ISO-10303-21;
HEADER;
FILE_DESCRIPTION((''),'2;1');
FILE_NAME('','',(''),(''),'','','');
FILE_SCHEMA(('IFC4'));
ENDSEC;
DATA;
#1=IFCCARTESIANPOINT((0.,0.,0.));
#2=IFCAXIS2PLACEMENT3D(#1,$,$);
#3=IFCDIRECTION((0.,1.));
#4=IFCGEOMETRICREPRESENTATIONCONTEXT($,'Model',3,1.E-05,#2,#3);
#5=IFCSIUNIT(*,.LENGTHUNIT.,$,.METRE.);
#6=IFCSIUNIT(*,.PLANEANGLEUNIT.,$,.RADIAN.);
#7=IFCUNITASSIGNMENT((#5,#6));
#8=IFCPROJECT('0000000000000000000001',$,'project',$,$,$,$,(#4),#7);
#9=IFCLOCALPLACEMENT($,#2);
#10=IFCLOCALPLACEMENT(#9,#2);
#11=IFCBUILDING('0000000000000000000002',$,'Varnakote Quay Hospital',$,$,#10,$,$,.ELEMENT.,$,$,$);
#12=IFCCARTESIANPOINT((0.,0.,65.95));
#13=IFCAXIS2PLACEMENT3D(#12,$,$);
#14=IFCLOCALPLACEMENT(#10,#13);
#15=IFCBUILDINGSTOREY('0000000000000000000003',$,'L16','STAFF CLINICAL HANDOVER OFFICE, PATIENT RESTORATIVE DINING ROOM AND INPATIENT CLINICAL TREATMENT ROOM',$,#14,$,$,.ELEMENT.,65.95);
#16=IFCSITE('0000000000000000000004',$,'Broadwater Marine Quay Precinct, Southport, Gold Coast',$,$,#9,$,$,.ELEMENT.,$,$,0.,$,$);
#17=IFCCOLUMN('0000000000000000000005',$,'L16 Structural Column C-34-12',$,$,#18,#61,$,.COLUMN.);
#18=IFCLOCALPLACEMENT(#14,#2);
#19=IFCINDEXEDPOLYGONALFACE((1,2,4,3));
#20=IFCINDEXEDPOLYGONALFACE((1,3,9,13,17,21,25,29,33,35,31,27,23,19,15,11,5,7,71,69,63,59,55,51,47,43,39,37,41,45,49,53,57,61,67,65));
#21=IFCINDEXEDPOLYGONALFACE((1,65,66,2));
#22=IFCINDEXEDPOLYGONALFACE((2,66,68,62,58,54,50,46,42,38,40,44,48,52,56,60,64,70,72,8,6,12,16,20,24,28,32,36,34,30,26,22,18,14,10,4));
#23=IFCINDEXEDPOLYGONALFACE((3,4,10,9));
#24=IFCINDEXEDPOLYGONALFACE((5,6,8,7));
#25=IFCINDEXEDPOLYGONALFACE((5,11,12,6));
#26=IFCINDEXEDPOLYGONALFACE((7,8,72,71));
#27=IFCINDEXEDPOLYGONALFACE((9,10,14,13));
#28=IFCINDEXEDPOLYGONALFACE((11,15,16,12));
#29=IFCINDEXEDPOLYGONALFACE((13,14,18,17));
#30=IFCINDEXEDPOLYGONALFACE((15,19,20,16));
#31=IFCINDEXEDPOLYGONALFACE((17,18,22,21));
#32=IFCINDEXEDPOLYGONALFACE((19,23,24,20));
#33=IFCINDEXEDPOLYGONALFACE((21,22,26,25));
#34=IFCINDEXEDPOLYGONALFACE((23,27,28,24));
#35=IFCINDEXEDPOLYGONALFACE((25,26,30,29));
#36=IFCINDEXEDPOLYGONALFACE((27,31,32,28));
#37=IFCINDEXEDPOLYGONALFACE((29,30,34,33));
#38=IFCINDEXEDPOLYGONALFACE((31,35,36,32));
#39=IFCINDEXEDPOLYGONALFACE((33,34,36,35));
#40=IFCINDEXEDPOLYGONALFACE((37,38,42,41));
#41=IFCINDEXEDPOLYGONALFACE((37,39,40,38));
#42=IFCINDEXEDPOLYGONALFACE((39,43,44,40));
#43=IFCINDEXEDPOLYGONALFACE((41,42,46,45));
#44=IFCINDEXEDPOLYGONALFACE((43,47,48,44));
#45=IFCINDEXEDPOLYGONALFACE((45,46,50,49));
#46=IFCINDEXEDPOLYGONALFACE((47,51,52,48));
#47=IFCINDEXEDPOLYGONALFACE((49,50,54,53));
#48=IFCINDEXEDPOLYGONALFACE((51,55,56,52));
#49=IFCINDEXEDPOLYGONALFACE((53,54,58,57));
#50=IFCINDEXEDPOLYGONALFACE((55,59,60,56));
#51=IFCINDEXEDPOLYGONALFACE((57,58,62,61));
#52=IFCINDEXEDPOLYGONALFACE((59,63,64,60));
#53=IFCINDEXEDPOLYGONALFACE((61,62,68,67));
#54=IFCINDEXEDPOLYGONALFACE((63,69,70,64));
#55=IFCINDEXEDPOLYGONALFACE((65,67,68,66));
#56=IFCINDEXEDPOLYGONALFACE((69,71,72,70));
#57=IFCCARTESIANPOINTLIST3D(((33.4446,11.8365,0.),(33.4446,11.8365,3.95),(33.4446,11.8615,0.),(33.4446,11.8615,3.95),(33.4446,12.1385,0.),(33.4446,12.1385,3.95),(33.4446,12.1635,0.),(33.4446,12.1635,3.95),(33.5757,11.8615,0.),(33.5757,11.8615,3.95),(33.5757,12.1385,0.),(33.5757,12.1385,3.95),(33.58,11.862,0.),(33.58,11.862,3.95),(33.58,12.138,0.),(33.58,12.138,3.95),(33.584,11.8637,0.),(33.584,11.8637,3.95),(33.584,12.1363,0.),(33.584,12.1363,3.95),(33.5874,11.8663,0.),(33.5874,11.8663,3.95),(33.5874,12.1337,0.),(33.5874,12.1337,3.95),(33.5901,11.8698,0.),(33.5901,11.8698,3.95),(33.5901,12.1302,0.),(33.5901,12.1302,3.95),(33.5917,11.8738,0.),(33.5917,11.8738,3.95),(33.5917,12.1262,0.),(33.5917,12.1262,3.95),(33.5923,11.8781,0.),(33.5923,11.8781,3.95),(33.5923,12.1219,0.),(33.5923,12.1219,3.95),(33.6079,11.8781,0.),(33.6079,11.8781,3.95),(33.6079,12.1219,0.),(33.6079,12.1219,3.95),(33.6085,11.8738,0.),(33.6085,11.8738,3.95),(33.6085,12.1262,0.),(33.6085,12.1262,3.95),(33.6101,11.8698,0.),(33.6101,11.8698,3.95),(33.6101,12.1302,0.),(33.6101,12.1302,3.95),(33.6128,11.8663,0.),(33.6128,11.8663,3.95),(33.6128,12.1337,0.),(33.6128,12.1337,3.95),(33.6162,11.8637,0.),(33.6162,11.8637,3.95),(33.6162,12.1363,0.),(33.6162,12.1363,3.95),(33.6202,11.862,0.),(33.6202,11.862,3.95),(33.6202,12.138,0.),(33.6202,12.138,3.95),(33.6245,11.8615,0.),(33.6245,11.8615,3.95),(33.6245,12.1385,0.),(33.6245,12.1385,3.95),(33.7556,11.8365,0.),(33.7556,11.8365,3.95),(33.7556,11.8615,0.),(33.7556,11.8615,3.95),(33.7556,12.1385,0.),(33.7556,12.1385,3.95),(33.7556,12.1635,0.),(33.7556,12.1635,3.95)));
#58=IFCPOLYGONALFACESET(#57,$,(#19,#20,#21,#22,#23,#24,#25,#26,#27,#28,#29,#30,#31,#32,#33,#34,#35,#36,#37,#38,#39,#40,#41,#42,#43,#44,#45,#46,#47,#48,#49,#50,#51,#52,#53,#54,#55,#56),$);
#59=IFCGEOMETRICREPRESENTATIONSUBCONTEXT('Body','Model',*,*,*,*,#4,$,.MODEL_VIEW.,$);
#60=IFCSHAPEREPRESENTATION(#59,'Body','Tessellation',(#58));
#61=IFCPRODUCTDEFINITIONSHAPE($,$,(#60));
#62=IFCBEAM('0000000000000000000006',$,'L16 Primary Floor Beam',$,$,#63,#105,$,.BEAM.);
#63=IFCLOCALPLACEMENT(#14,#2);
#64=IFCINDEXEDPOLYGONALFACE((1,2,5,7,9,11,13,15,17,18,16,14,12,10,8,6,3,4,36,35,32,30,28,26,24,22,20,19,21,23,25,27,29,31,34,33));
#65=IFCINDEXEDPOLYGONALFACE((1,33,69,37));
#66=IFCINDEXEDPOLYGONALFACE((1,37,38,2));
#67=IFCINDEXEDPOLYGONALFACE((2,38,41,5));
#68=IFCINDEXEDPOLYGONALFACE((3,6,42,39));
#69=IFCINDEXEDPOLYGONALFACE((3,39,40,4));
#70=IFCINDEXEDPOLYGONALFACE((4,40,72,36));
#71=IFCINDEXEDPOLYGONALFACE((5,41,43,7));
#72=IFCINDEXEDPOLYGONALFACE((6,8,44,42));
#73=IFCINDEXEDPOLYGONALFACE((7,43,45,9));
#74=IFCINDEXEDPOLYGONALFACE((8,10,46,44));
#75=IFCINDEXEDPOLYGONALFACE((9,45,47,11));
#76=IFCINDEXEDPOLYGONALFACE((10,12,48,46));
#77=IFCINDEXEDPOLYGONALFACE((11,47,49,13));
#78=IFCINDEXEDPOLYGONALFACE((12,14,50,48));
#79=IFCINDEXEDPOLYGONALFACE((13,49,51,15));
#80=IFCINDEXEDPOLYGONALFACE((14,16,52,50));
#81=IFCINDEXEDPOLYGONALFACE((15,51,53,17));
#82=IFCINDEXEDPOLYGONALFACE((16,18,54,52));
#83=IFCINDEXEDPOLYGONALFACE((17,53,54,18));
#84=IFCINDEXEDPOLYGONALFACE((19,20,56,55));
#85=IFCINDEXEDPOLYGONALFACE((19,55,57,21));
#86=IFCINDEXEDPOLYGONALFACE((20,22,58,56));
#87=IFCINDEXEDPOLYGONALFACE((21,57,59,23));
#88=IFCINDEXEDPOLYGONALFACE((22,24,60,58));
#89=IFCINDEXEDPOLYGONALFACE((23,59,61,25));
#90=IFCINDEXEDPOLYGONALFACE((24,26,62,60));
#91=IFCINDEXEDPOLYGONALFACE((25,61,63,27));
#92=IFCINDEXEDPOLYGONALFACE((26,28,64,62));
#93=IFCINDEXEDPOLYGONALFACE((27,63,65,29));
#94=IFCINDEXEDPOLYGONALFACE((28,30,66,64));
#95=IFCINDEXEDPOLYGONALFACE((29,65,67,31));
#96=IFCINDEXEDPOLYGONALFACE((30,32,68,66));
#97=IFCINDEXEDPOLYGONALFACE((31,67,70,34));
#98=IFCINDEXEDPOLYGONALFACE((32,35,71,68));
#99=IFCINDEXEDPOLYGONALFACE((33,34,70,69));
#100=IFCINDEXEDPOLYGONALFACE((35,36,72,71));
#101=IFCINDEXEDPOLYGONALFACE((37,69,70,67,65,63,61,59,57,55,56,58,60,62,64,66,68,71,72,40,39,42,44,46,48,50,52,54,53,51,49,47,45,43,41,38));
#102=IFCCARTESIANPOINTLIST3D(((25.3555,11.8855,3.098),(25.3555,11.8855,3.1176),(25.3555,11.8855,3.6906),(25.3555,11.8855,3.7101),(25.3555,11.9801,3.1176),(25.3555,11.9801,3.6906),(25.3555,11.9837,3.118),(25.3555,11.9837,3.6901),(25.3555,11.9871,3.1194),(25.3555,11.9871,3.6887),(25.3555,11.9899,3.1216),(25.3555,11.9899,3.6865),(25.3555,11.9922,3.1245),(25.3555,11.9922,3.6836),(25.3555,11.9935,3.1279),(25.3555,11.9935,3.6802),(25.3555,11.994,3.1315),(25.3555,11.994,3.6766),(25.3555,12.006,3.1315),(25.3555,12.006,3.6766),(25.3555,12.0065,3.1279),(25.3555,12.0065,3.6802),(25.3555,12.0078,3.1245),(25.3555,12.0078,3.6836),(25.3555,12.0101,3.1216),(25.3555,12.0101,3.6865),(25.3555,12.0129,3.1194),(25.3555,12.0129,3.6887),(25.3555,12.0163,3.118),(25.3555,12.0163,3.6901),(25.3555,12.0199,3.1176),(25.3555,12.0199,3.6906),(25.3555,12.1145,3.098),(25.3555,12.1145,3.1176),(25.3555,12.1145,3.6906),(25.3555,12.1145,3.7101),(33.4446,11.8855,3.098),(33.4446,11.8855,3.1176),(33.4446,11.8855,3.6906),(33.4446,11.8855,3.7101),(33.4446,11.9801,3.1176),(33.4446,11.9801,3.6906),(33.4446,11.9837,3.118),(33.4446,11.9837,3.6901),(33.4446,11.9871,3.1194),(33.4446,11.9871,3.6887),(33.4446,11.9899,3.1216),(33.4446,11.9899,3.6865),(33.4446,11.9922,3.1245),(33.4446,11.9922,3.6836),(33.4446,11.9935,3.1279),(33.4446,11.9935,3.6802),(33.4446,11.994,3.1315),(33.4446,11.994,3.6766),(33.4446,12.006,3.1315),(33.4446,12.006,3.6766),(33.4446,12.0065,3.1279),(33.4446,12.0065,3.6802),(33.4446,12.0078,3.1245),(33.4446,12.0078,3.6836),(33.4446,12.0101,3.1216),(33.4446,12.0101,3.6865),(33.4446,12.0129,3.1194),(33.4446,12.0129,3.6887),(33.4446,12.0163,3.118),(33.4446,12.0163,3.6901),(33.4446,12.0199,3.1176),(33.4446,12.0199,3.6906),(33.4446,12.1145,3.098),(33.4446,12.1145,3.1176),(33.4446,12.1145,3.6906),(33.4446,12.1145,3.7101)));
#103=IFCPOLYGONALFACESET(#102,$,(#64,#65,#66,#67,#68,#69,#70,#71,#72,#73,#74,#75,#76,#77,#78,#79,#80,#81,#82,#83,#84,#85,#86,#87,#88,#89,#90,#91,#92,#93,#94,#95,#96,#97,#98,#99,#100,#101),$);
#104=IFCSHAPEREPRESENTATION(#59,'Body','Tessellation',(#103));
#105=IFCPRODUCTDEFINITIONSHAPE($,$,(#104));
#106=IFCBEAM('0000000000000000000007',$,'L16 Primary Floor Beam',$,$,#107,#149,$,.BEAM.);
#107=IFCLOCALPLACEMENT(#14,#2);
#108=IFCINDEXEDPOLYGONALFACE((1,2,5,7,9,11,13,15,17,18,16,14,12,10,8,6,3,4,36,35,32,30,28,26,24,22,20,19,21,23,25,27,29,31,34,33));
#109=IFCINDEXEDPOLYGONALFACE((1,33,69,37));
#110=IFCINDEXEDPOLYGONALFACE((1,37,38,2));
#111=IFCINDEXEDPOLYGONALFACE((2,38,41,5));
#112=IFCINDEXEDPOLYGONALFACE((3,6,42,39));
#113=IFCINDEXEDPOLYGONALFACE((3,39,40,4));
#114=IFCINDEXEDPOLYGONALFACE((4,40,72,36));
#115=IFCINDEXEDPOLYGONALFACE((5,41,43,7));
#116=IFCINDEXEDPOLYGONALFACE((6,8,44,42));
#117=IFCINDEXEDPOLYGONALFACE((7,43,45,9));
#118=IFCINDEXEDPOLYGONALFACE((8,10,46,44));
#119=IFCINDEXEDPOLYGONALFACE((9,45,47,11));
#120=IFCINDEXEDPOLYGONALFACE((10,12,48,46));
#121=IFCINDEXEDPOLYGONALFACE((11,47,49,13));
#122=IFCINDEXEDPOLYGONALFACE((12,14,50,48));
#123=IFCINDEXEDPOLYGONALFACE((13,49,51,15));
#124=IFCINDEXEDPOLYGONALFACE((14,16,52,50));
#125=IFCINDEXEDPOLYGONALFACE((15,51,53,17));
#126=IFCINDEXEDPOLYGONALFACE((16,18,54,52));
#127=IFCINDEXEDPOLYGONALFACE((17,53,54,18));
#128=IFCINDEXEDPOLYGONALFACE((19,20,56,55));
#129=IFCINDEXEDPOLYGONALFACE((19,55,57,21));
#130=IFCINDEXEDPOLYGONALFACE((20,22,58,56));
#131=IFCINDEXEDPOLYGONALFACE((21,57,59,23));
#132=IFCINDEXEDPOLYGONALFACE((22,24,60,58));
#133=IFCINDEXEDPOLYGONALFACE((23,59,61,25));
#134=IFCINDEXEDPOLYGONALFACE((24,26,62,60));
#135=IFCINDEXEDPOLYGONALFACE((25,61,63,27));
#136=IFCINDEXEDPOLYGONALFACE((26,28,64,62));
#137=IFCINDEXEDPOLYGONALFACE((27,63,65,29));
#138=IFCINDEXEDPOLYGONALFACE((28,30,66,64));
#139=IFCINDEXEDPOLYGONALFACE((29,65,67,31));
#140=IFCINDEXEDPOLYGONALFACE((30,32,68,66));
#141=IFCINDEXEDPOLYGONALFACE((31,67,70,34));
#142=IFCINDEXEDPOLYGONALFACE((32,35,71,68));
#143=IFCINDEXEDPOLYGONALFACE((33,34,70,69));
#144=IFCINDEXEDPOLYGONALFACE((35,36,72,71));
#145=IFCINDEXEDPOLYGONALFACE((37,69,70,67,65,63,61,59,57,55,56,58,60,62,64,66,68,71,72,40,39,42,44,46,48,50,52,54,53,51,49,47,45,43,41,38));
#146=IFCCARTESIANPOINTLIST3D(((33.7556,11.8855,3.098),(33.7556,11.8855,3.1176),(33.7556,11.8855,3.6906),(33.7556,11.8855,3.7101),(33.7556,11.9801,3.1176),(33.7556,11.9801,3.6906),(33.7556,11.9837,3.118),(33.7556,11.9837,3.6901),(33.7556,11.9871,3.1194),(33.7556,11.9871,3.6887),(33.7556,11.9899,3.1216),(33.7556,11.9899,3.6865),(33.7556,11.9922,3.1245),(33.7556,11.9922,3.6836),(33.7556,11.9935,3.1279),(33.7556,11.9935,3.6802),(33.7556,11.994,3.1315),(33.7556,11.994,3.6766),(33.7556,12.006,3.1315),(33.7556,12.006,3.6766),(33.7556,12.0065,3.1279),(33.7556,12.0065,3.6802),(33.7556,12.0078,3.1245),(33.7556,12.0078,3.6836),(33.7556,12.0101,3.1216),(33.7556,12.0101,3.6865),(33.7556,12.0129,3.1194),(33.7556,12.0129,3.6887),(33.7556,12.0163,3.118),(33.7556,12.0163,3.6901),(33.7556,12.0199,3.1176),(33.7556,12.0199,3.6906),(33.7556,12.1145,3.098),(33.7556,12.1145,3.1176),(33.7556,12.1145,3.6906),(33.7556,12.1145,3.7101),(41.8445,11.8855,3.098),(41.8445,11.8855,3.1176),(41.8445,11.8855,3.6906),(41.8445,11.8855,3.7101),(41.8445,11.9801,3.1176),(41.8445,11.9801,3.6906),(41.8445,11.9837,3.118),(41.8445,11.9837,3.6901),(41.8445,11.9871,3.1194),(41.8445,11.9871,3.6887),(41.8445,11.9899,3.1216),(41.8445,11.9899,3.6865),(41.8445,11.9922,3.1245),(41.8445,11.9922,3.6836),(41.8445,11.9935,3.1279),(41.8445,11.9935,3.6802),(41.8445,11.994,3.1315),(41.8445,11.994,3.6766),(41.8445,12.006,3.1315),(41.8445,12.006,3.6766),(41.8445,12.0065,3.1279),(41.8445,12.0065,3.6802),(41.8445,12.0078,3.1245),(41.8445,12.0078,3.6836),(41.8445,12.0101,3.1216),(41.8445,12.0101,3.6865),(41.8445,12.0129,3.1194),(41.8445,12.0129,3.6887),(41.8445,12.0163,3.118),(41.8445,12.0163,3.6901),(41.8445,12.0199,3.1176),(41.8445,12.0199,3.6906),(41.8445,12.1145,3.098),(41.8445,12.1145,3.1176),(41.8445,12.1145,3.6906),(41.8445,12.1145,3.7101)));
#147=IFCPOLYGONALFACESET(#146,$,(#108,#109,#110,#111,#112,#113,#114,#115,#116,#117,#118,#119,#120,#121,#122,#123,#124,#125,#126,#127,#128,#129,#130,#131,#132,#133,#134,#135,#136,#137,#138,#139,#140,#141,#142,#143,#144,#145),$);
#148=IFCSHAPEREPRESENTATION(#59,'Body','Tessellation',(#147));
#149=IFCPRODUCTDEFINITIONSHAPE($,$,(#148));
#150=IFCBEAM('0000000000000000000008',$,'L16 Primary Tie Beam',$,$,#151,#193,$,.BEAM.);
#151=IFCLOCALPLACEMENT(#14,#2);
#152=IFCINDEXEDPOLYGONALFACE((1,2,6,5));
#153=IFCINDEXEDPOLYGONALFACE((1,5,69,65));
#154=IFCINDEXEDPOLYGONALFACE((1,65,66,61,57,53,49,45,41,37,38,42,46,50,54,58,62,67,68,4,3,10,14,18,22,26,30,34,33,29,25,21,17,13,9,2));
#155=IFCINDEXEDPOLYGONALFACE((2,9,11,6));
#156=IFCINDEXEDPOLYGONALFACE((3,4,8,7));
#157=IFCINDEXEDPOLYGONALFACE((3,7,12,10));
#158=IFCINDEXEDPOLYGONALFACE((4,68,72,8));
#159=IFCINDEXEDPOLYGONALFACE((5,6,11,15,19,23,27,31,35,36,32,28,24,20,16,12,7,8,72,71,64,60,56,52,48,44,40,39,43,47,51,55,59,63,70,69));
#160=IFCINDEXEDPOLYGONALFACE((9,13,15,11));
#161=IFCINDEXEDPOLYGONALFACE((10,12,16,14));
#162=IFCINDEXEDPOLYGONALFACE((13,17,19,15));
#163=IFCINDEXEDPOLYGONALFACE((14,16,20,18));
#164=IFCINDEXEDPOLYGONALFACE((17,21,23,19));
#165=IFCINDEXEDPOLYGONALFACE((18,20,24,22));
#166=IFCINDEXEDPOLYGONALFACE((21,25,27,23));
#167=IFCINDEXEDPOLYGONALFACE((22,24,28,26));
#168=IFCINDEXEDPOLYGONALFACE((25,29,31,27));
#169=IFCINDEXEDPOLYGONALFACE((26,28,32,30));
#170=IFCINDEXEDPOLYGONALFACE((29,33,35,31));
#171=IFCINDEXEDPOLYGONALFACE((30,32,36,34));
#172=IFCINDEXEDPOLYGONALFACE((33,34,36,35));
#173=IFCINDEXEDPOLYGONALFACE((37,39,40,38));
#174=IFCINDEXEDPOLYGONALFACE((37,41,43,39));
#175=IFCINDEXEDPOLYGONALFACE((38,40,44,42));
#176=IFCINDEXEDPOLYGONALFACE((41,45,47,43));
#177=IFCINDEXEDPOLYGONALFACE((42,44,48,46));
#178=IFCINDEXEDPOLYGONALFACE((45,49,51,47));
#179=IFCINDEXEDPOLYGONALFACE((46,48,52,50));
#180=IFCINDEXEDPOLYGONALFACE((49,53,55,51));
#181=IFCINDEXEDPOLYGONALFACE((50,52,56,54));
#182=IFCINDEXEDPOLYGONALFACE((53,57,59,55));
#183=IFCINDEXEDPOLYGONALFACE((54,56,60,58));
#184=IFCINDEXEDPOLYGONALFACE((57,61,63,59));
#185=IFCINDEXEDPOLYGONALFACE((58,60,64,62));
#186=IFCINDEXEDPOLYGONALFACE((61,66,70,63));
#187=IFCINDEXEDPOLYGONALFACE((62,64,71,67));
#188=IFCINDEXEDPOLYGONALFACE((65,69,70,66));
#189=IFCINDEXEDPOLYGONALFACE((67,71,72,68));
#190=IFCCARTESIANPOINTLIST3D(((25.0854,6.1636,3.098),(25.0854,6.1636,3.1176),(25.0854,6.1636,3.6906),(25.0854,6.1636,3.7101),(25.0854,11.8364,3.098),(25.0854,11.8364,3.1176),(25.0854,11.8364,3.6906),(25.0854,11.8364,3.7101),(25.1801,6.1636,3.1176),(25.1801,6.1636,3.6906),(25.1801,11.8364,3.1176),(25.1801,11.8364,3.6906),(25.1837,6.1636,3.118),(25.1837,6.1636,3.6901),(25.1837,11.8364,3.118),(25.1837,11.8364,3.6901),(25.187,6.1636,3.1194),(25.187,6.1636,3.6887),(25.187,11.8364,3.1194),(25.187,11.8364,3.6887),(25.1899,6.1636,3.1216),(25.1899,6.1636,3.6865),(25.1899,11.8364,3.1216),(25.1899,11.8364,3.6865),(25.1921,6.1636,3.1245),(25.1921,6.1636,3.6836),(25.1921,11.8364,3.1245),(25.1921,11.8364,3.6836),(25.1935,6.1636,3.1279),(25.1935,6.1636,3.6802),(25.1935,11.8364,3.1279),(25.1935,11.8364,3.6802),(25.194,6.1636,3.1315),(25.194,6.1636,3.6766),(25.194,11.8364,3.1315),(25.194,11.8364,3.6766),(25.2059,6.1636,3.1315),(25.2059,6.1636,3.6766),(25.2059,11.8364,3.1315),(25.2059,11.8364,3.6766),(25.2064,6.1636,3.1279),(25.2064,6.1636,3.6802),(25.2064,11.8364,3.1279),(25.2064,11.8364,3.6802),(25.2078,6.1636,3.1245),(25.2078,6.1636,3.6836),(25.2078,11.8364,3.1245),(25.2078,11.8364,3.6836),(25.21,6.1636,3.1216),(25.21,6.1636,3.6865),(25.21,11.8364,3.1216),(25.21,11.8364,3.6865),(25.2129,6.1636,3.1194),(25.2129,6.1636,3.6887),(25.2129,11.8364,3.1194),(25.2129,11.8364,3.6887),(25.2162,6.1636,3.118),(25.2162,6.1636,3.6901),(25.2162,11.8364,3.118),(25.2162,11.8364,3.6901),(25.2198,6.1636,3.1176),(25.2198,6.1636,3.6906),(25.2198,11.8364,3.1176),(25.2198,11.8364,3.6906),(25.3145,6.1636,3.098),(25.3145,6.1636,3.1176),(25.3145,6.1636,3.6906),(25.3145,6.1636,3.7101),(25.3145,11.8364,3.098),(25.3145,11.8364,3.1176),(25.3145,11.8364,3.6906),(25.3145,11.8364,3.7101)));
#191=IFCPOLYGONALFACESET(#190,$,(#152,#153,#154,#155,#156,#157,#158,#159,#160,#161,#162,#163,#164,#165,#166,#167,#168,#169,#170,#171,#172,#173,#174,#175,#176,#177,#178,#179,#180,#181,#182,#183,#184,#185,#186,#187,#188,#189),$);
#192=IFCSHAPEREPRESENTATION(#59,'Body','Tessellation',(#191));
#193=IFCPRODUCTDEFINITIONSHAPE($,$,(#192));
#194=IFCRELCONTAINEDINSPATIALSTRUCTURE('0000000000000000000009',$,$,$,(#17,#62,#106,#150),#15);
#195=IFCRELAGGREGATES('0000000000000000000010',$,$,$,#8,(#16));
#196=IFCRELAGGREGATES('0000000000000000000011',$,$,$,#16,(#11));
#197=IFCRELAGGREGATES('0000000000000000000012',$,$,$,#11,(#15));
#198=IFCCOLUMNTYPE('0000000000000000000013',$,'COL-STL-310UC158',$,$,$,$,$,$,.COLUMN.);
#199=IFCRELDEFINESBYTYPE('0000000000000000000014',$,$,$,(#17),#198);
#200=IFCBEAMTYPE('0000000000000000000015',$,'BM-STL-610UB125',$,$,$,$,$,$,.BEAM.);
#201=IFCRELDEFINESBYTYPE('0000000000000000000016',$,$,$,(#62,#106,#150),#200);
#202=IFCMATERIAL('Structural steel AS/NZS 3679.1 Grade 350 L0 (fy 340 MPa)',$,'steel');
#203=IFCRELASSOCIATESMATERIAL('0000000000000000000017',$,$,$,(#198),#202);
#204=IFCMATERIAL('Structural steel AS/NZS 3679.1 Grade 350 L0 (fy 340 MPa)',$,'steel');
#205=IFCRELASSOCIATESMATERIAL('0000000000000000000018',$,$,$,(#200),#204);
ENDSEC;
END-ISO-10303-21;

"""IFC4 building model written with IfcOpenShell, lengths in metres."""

from ifc_helpers import new_model, si_unit, direction, frame, origin, origin_2d, place, context, subcontext, project, spatial, i_section, extrude, material, material_profile, profile_set, type_object, element, save


model = new_model("IFC4")

# Units and contexts
model_context = context("Model", 3, precision=1e-05, world=origin(), true_north=direction((0.0, 1.0)))
body_context = subcontext(model_context, "Body", "Model", "MODEL_VIEW")
ifc_project = project(units=[si_unit("LENGTHUNIT", "METRE"), si_unit("PLANEANGLEUNIT", "RADIAN")], contexts=[model_context])

# Site, building, storey
site_placement = place(None, origin())
site = spatial("IfcSite", under=ifc_project, at=site_placement, Name="Broadwater Marine Quay Precinct, Southport, Gold Coast", CompositionType="ELEMENT", RefElevation=0.0)
building_placement = place(site_placement, origin())
building = spatial("IfcBuilding", under=site, at=building_placement, Name="Varnakote Quay Hospital", CompositionType="ELEMENT")
storey_placement = place(building_placement, frame((0.0, 0.0, 65.95)))
storey = spatial("IfcBuildingStorey", under=building, at=storey_placement, Name="L16", Description="STAFF CLINICAL HANDOVER OFFICE, PATIENT RESTORATIVE DINING ROOM AND INPATIENT CLINICAL TREATMENT ROOM", CompositionType="ELEMENT", Elevation=65.95)

# Column
ifc_material_1 = material(Name="Structural steel AS/NZS 3679.1 Grade 350 L0 (fy 340 MPa)", Category="steel")
ifc_material_profile_1 = material_profile(ifc_material_1, i_section(OverallWidth=0.311, OverallDepth=0.3269, WebThickness=0.0156, FlangeThickness=0.0249, FilletRadius=0.0166, at=origin_2d()), Name="310UC158")
ifc_profile_set_1 = profile_set([ifc_material_profile_1], Name="Structural steel AS/NZS 3679.1 Grade 350 L0 (fy 340 MPa)")
column_type_1 = type_object("IfcColumnType", Name="COL-STL-310UC158", PredefinedType="COLUMN", material=ifc_profile_set_1)
for number, where, z_axis, x_axis, name in (
    (1, (33.6001, 12.0, 0.0), (0.0, 0.0, 1.0), (1.0, 0.0, 0.0), "L16 Structural Column C-34-12"),
):
    element("IfcColumn", number, at=place(storey_placement, frame(where, z_axis=z_axis, x_axis=x_axis)), inside=storey, type_object=column_type_1, Name=name, PredefinedType="COLUMN", context=body_context, shape_type="SweptSolid", body=[
        extrude(i_section(OverallWidth=0.311, OverallDepth=0.3269, WebThickness=0.0156, FlangeThickness=0.0249, FilletRadius=0.0166, at=origin_2d()), origin(), (0.0, 0.0, 1.0), 3.95),
    ])

# Beams
ifc_material_2 = material(Name="Structural steel AS/NZS 3679.1 Grade 350 L0 (fy 340 MPa)", Category="steel")
ifc_material_profile_2 = material_profile(ifc_material_2, i_section(OverallWidth=0.229, OverallDepth=0.6121, WebThickness=0.012, FlangeThickness=0.0195, FilletRadius=0.0139, at=origin_2d()), Name="610UB125")
ifc_profile_set_2 = profile_set([ifc_material_profile_2], Name="Structural steel AS/NZS 3679.1 Grade 350 L0 (fy 340 MPa)")
beam_type_1 = type_object("IfcBeamType", Name="BM-STL-610UB125", PredefinedType="BEAM", material=ifc_profile_set_2)
beam_1_placement = place(storey_placement, frame((25.3555, 12.0, 3.4041), z_axis=(1.0, 0.0, 0.0), x_axis=(0.0, 1.0, 0.0)))
element("IfcBeam", 2, at=beam_1_placement, inside=storey, type_object=beam_type_1, Name="L16 Primary Floor Beam", PredefinedType="BEAM", context=body_context, shape_type="SweptSolid", body=[
    extrude(i_section(OverallWidth=0.229, OverallDepth=0.6121, WebThickness=0.012, FlangeThickness=0.0195, FilletRadius=0.0139, at=origin_2d()), origin(), (0.0, 0.0, 1.0), 8.0891),
])
beam_2_placement = place(storey_placement, frame((33.7556, 12.0, 3.4041), z_axis=(1.0, 0.0, 0.0), x_axis=(0.0, 1.0, 0.0)))
element("IfcBeam", 3, at=beam_2_placement, inside=storey, type_object=beam_type_1, Name="L16 Primary Floor Beam", PredefinedType="BEAM", context=body_context, shape_type="SweptSolid", body=[
    extrude(i_section(OverallWidth=0.229, OverallDepth=0.6121, WebThickness=0.012, FlangeThickness=0.0195, FilletRadius=0.0139, at=origin_2d()), origin(), (0.0, 0.0, 1.0), 8.0889),
])
for number, where, z_axis, x_axis, name in (
    (4, (25.2, 6.1636, 3.4041), (0.0, 1.0, 0.0), (-1.0, 0.0, 0.0), "L16 Primary Tie Beam"),
):
    element("IfcBeam", number, at=place(storey_placement, frame(where, z_axis=z_axis, x_axis=x_axis)), inside=storey, type_object=beam_type_1, Name=name, PredefinedType="BEAM", context=body_context, shape_type="SweptSolid", body=[
        extrude(i_section(OverallWidth=0.229, OverallDepth=0.6121, WebThickness=0.012, FlangeThickness=0.0195, FilletRadius=0.0139, at=origin_2d()), origin(), (0.0, 0.0, 1.0), 5.6729),
    ])

save(model, "model.ifc")
